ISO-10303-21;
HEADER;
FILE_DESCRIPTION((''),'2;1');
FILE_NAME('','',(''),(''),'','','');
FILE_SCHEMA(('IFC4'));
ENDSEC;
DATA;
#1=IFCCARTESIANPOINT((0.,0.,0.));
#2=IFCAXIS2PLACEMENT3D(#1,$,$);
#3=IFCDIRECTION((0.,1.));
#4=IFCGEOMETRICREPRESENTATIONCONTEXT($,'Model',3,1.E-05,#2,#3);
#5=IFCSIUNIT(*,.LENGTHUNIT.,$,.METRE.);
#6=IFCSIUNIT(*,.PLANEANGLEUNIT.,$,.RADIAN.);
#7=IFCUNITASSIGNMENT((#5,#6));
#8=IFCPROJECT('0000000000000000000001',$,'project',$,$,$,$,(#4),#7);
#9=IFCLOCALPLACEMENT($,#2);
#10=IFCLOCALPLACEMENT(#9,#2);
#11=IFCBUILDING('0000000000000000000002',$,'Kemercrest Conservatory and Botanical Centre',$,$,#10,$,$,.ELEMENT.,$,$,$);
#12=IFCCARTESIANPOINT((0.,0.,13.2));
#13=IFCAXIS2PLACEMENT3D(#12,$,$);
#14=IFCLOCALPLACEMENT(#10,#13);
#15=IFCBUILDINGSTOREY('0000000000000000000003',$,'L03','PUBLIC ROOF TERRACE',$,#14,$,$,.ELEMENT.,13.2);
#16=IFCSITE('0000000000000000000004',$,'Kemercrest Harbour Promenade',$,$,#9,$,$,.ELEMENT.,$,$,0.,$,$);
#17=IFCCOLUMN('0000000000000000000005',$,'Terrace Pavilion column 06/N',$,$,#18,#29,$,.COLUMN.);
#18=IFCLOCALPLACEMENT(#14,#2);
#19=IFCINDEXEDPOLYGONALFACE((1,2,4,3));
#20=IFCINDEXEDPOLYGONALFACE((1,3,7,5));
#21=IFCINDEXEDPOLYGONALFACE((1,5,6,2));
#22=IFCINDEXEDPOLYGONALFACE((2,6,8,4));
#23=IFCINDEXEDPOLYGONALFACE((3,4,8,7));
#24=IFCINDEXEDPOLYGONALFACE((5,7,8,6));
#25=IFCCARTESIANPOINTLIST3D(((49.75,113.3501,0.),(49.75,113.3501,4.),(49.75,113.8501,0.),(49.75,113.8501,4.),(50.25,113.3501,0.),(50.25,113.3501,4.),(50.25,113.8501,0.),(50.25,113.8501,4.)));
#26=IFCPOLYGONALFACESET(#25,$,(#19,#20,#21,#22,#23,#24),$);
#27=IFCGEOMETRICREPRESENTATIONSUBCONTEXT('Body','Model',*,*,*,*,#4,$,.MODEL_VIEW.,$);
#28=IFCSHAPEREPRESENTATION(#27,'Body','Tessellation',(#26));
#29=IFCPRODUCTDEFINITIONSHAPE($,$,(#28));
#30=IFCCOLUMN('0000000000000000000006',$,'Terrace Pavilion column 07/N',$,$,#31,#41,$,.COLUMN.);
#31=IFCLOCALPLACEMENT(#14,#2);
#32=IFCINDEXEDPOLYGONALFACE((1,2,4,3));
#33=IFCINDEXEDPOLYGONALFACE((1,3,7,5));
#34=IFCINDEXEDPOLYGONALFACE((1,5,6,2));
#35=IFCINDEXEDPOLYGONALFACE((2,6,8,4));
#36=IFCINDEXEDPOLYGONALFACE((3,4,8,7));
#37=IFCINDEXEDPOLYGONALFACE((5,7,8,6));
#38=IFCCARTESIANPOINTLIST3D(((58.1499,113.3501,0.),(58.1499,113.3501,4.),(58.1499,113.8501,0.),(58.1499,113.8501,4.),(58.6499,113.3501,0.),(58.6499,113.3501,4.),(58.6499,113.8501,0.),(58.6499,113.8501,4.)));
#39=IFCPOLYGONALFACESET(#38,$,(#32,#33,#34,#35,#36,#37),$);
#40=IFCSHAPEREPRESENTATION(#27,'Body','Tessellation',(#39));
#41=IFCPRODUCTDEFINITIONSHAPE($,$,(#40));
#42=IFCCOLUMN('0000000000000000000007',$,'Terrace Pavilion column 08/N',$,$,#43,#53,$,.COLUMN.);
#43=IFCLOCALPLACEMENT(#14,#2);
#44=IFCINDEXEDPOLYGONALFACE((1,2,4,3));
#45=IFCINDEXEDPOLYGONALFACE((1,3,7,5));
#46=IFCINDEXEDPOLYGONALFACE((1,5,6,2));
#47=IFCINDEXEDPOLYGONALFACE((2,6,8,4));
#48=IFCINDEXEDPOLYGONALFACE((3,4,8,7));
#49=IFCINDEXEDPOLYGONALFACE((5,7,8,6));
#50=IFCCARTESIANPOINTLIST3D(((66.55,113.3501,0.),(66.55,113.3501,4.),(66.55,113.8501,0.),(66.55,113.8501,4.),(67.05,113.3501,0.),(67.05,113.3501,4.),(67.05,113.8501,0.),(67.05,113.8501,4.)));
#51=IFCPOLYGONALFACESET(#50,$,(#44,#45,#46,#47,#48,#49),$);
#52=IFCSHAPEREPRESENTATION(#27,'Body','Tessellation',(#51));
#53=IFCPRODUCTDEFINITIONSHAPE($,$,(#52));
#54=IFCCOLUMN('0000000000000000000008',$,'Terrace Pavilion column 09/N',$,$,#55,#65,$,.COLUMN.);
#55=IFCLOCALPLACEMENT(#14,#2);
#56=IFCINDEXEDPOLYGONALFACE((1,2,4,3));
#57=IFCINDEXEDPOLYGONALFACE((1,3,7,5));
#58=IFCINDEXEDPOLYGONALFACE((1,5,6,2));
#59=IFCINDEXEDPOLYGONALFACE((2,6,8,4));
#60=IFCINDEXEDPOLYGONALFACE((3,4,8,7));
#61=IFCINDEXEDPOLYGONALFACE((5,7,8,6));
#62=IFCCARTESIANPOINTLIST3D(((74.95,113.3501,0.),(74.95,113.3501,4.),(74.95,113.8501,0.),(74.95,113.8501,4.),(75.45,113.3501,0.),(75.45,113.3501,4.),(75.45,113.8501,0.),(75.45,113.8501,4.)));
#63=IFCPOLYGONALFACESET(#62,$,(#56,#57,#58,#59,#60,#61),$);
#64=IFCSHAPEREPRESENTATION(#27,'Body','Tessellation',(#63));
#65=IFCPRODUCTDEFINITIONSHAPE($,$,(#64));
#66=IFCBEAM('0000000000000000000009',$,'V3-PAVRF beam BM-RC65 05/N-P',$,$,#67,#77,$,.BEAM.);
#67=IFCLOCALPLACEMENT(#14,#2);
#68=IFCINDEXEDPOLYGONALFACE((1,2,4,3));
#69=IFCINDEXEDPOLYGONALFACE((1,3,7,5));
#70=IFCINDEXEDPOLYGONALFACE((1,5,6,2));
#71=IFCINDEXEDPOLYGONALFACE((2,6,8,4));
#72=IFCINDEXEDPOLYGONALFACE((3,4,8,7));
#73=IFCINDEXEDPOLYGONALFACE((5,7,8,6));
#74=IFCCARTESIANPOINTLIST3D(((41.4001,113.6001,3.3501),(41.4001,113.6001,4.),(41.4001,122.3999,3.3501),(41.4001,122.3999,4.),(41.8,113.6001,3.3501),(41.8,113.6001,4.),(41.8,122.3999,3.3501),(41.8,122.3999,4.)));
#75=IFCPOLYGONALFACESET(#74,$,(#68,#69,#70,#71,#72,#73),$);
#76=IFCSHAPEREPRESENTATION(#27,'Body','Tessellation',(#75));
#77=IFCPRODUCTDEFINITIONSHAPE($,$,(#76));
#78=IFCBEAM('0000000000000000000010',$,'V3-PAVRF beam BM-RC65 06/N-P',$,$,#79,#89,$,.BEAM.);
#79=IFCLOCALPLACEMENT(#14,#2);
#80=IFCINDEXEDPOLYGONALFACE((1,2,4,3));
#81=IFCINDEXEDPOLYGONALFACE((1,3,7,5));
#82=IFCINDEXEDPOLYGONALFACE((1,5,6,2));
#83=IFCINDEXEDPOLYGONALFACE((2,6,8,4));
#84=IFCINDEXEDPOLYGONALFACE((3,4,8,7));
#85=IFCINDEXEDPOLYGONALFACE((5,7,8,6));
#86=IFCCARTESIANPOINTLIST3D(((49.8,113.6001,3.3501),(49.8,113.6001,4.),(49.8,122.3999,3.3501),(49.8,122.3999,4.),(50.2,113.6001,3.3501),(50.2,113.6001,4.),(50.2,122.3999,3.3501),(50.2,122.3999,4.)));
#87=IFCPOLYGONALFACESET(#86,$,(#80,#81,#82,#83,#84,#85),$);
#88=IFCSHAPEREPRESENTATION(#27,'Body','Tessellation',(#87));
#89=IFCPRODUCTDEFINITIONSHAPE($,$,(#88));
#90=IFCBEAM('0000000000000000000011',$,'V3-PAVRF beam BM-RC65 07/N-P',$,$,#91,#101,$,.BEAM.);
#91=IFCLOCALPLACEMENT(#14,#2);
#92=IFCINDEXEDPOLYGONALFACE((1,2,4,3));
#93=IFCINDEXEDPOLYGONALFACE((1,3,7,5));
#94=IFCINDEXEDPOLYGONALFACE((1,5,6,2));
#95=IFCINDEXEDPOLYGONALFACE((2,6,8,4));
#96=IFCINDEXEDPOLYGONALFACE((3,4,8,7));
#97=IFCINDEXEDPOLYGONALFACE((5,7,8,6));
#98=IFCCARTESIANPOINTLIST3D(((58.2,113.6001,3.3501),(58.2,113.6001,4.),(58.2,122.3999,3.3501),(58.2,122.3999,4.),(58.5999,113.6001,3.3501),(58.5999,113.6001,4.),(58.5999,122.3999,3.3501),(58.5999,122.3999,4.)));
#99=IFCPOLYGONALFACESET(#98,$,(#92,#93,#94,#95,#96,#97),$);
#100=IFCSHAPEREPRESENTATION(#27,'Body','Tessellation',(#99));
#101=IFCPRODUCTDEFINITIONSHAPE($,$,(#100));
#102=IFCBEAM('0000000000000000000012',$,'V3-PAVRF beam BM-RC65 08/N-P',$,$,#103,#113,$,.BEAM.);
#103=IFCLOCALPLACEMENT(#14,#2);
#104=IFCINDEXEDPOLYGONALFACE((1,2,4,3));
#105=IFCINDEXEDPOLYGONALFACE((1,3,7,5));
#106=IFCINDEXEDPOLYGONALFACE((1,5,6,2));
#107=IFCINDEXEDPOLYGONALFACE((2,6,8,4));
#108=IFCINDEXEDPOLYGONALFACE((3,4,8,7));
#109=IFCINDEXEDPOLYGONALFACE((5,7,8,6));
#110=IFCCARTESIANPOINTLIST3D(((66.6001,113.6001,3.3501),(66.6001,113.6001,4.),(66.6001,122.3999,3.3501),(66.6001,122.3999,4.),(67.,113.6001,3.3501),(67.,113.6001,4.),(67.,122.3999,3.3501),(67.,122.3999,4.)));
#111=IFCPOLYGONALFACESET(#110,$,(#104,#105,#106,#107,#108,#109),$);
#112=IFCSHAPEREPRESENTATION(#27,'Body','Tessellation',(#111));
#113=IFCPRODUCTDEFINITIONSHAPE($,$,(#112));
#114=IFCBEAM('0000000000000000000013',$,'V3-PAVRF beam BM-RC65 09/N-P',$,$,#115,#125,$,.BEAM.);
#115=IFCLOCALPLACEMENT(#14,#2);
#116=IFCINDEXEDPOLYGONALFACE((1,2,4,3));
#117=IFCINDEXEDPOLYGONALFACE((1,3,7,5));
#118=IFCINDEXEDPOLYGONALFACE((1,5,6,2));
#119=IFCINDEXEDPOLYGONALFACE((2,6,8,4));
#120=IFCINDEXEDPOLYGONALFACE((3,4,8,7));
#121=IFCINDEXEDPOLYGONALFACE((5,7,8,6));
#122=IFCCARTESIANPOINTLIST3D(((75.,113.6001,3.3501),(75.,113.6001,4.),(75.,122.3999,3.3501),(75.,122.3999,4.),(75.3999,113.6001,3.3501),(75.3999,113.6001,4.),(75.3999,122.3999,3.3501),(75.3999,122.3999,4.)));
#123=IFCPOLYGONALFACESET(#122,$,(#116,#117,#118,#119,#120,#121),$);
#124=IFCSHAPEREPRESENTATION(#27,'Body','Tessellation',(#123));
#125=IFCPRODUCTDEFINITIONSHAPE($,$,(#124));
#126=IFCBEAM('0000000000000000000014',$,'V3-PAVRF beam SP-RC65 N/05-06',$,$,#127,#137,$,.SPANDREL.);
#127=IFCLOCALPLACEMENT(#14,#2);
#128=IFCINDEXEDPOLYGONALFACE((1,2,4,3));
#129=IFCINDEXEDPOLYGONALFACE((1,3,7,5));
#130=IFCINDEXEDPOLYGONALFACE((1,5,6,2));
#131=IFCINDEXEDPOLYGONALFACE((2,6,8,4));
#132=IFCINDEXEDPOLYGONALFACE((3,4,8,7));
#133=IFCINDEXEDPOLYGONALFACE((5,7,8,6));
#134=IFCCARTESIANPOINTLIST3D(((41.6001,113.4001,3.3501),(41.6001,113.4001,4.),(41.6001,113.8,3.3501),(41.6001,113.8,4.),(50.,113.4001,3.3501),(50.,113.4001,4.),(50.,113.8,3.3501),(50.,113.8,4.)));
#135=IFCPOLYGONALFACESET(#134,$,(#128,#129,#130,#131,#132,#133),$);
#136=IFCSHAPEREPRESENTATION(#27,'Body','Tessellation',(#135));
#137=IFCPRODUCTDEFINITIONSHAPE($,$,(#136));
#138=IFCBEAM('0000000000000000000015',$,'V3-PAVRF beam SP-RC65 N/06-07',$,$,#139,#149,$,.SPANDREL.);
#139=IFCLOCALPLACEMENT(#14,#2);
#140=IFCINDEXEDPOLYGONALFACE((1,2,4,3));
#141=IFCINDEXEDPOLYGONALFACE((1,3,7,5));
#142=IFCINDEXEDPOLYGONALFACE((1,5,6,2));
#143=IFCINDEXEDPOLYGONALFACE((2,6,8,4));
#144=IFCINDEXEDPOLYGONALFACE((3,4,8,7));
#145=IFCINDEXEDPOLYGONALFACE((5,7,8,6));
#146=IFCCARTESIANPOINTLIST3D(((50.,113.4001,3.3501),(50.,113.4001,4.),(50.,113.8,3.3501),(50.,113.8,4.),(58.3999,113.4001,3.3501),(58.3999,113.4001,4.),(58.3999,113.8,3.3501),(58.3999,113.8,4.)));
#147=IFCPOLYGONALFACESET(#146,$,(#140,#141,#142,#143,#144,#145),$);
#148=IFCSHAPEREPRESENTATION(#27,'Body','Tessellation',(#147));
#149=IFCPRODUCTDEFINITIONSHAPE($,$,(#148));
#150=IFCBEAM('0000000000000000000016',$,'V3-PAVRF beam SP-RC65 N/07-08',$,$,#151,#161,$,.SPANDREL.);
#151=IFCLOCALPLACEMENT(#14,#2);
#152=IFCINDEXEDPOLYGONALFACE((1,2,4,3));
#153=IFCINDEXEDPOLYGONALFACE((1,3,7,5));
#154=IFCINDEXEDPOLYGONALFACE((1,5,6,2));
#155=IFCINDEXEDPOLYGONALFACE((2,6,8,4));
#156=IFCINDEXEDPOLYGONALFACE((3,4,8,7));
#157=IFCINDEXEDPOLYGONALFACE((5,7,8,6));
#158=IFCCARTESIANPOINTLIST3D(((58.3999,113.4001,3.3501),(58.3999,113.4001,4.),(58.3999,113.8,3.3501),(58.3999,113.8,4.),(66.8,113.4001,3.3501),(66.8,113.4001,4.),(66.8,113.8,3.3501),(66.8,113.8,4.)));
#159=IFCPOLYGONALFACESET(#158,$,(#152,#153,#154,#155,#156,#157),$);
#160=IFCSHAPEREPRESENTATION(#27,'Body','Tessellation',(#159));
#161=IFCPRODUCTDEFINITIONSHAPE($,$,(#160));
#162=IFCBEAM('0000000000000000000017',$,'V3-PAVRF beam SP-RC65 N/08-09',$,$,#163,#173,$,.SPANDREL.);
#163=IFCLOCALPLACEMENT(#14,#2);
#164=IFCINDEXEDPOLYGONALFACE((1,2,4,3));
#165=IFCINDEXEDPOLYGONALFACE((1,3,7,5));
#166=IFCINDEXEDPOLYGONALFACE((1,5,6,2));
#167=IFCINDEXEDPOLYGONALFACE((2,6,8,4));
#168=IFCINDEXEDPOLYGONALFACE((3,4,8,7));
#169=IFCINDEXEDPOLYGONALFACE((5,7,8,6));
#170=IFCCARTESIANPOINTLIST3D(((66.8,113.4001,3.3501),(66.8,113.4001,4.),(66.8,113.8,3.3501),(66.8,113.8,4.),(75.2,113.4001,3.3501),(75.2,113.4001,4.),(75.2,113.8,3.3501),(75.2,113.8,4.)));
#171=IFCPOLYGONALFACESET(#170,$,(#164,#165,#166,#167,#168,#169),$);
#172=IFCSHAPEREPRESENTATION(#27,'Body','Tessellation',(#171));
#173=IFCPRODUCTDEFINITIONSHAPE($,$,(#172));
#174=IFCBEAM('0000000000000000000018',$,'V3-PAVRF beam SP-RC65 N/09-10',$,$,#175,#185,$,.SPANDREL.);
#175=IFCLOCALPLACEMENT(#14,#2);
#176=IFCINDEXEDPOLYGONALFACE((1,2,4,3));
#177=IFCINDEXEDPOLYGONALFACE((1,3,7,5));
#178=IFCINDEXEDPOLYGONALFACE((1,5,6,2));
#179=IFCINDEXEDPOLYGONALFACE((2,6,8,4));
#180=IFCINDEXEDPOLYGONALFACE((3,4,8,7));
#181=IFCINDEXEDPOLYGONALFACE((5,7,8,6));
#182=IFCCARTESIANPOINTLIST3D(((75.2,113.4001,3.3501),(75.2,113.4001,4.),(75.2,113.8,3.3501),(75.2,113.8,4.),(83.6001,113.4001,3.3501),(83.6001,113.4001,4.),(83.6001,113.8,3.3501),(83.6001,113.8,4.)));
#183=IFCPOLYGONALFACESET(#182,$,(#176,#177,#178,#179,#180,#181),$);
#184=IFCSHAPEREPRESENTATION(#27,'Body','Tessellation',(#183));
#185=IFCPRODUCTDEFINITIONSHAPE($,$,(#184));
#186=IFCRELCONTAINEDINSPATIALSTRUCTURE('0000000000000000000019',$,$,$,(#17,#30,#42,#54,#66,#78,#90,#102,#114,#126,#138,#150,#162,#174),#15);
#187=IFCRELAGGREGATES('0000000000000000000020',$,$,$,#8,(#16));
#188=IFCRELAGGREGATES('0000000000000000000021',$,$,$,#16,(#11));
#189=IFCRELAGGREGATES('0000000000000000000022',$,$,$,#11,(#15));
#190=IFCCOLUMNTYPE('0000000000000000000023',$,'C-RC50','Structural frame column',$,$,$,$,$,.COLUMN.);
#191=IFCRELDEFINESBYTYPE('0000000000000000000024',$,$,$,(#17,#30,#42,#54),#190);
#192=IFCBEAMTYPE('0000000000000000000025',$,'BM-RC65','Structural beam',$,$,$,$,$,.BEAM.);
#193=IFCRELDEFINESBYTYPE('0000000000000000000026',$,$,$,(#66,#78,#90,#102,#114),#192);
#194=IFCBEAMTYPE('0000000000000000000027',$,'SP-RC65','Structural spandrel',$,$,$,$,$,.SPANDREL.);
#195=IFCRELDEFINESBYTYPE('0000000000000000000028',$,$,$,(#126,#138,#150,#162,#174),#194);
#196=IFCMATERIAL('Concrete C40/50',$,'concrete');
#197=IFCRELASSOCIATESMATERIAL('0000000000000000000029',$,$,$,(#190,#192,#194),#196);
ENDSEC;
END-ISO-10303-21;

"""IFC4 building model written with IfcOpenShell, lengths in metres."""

from ifc_helpers import new_model, si_unit, direction, frame, origin, origin_2d, place, context, subcontext, project, spatial, rectangle, extrude, material, material_profile, profile_set, type_object, element, save


model = new_model("IFC4")

# Units and contexts
model_context = context("Model", 3, precision=1e-05, world=origin(), true_north=direction((0.0, 1.0)))
body_context = subcontext(model_context, "Body", "Model", "MODEL_VIEW")
ifc_project = project(units=[si_unit("LENGTHUNIT", "METRE"), si_unit("PLANEANGLEUNIT", "RADIAN")], contexts=[model_context])

# Site, building, storey
site_placement = place(None, origin())
site = spatial("IfcSite", under=ifc_project, at=site_placement, Name="Kemercrest Harbour Promenade", CompositionType="ELEMENT", RefElevation=0.0)
building_placement = place(site_placement, origin())
building = spatial("IfcBuilding", under=site, at=building_placement, Name="Kemercrest Conservatory and Botanical Centre", CompositionType="ELEMENT")
storey_placement = place(building_placement, frame((0.0, 0.0, 13.2)))
storey = spatial("IfcBuildingStorey", under=building, at=storey_placement, Name="L03", Description="PUBLIC ROOF TERRACE", CompositionType="ELEMENT", Elevation=13.2)

# Columns
ifc_material_1 = material(Name="Concrete C40/50", Category="concrete")
ifc_material_profile_1 = material_profile(ifc_material_1, rectangle(XDim=0.5, YDim=0.5, at=origin_2d()), Name="RC 500x500")
ifc_profile_set_1 = profile_set([ifc_material_profile_1], Name="Concrete C40/50")
column_type = type_object("IfcColumnType", Name="C-RC50", Description="Structural frame column", PredefinedType="COLUMN", material=ifc_profile_set_1)
for number, where, z_axis, x_axis, name in (
    (1, (50.0, 113.6001, 0.0), (0.0, 0.0, 1.0), (1.0, 0.0, 0.0), "Terrace Pavilion column 06/N"),
    (2, (58.3999, 113.6001, 0.0), (0.0, 0.0, 1.0), (1.0, 0.0, 0.0), "Terrace Pavilion column 07/N"),
    (3, (66.8, 113.6001, 0.0), (0.0, 0.0, 1.0), (1.0, 0.0, 0.0), "Terrace Pavilion column 08/N"),
    (4, (75.2, 113.6001, 0.0), (0.0, 0.0, 1.0), (1.0, 0.0, 0.0), "Terrace Pavilion column 09/N"),
):
    element("IfcColumn", number, at=place(storey_placement, frame(where, z_axis=z_axis, x_axis=x_axis)), inside=storey, type_object=column_type, Name=name, PredefinedType="COLUMN", context=body_context, shape_type="SweptSolid", body=[
        extrude(rectangle(XDim=0.5, YDim=0.5, at=origin_2d()), origin(), (0.0, 0.0, 1.0), 4.0),
    ])

# Beams
ifc_material_profile_2 = material_profile(ifc_material_1, rectangle(XDim=0.3999, YDim=0.6499, at=origin_2d()), Name="RC 400x650")
ifc_profile_set_2 = profile_set([ifc_material_profile_2], Name="Concrete C40/50")
beam_type_1 = type_object("IfcBeamType", Name="BM-RC65", Description="Structural beam", PredefinedType="BEAM", material=ifc_profile_set_2)
for number, where, z_axis, x_axis, name in (
    (5, (41.6001, 113.6001, 3.675), (0.0, 1.0, 0.0), (-1.0, 0.0, 0.0), "V3-PAVRF beam BM-RC65 05/N-P"),
    (6, (50.0, 113.6001, 3.675), (0.0, 1.0, 0.0), (-1.0, 0.0, 0.0), "V3-PAVRF beam BM-RC65 06/N-P"),
    (7, (58.3999, 113.6001, 3.675), (0.0, 1.0, 0.0), (-1.0, 0.0, 0.0), "V3-PAVRF beam BM-RC65 07/N-P"),
    (8, (66.8, 113.6001, 3.675), (0.0, 1.0, 0.0), (-1.0, 0.0, 0.0), "V3-PAVRF beam BM-RC65 08/N-P"),
    (9, (75.2, 113.6001, 3.675), (0.0, 1.0, 0.0), (-1.0, 0.0, 0.0), "V3-PAVRF beam BM-RC65 09/N-P"),
):
    element("IfcBeam", number, at=place(storey_placement, frame(where, z_axis=z_axis, x_axis=x_axis)), inside=storey, type_object=beam_type_1, Name=name, PredefinedType="BEAM", context=body_context, shape_type="SweptSolid", body=[
        extrude(rectangle(XDim=0.3999, YDim=0.6499, at=origin_2d()), origin(), (0.0, 0.0, 1.0), 8.7998),
    ])
ifc_material_profile_3 = material_profile(ifc_material_1, rectangle(XDim=0.3999, YDim=0.6499, at=origin_2d()), Name="RC 400x650")
ifc_profile_set_3 = profile_set([ifc_material_profile_3], Name="Concrete C40/50")
beam_type_2 = type_object("IfcBeamType", Name="SP-RC65", Description="Structural spandrel", PredefinedType="SPANDREL", material=ifc_profile_set_3)
for number, where, z_axis, x_axis, name in (
    (10, (41.6001, 113.6001, 3.675), (1.0, 0.0, 0.0), (0.0, 1.0, 0.0), "V3-PAVRF beam SP-RC65 N/05-06"),
    (11, (50.0, 113.6001, 3.675), (1.0, 0.0, 0.0), (0.0, 1.0, 0.0), "V3-PAVRF beam SP-RC65 N/06-07"),
):
    element("IfcBeam", number, at=place(storey_placement, frame(where, z_axis=z_axis, x_axis=x_axis)), inside=storey, type_object=beam_type_2, Name=name, PredefinedType="SPANDREL", context=body_context, shape_type="SweptSolid", body=[
        extrude(rectangle(XDim=0.3999, YDim=0.6499, at=origin_2d()), origin(), (0.0, 0.0, 1.0), 8.3999),
    ])
beam_1_placement = place(storey_placement, frame((58.3999, 113.6001, 3.675), z_axis=(1.0, 0.0, 0.0), x_axis=(0.0, 1.0, 0.0)))
element("IfcBeam", 12, at=beam_1_placement, inside=storey, type_object=beam_type_2, Name="V3-PAVRF beam SP-RC65 N/07-08", PredefinedType="SPANDREL", context=body_context, shape_type="SweptSolid", body=[
    extrude(rectangle(XDim=0.3999, YDim=0.6499, at=origin_2d()), origin(), (0.0, 0.0, 1.0), 8.4001),
])
beam_2_placement = place(storey_placement, frame((66.8, 113.6001, 3.675), z_axis=(1.0, 0.0, 0.0), x_axis=(0.0, 1.0, 0.0)))
element("IfcBeam", 13, at=beam_2_placement, inside=storey, type_object=beam_type_2, Name="V3-PAVRF beam SP-RC65 N/08-09", PredefinedType="SPANDREL", context=body_context, shape_type="SweptSolid", body=[
    extrude(rectangle(XDim=0.3999, YDim=0.6499, at=origin_2d()), origin(), (0.0, 0.0, 1.0), 8.3999),
])
beam_3_placement = place(storey_placement, frame((75.2, 113.6001, 3.675), z_axis=(1.0, 0.0, 0.0), x_axis=(0.0, 1.0, 0.0)))
element("IfcBeam", 14, at=beam_3_placement, inside=storey, type_object=beam_type_2, Name="V3-PAVRF beam SP-RC65 N/09-10", PredefinedType="SPANDREL", context=body_context, shape_type="SweptSolid", body=[
    extrude(rectangle(XDim=0.3999, YDim=0.6499, at=origin_2d()), origin(), (0.0, 0.0, 1.0), 8.4001),
])

save(model, "model.ifc")
